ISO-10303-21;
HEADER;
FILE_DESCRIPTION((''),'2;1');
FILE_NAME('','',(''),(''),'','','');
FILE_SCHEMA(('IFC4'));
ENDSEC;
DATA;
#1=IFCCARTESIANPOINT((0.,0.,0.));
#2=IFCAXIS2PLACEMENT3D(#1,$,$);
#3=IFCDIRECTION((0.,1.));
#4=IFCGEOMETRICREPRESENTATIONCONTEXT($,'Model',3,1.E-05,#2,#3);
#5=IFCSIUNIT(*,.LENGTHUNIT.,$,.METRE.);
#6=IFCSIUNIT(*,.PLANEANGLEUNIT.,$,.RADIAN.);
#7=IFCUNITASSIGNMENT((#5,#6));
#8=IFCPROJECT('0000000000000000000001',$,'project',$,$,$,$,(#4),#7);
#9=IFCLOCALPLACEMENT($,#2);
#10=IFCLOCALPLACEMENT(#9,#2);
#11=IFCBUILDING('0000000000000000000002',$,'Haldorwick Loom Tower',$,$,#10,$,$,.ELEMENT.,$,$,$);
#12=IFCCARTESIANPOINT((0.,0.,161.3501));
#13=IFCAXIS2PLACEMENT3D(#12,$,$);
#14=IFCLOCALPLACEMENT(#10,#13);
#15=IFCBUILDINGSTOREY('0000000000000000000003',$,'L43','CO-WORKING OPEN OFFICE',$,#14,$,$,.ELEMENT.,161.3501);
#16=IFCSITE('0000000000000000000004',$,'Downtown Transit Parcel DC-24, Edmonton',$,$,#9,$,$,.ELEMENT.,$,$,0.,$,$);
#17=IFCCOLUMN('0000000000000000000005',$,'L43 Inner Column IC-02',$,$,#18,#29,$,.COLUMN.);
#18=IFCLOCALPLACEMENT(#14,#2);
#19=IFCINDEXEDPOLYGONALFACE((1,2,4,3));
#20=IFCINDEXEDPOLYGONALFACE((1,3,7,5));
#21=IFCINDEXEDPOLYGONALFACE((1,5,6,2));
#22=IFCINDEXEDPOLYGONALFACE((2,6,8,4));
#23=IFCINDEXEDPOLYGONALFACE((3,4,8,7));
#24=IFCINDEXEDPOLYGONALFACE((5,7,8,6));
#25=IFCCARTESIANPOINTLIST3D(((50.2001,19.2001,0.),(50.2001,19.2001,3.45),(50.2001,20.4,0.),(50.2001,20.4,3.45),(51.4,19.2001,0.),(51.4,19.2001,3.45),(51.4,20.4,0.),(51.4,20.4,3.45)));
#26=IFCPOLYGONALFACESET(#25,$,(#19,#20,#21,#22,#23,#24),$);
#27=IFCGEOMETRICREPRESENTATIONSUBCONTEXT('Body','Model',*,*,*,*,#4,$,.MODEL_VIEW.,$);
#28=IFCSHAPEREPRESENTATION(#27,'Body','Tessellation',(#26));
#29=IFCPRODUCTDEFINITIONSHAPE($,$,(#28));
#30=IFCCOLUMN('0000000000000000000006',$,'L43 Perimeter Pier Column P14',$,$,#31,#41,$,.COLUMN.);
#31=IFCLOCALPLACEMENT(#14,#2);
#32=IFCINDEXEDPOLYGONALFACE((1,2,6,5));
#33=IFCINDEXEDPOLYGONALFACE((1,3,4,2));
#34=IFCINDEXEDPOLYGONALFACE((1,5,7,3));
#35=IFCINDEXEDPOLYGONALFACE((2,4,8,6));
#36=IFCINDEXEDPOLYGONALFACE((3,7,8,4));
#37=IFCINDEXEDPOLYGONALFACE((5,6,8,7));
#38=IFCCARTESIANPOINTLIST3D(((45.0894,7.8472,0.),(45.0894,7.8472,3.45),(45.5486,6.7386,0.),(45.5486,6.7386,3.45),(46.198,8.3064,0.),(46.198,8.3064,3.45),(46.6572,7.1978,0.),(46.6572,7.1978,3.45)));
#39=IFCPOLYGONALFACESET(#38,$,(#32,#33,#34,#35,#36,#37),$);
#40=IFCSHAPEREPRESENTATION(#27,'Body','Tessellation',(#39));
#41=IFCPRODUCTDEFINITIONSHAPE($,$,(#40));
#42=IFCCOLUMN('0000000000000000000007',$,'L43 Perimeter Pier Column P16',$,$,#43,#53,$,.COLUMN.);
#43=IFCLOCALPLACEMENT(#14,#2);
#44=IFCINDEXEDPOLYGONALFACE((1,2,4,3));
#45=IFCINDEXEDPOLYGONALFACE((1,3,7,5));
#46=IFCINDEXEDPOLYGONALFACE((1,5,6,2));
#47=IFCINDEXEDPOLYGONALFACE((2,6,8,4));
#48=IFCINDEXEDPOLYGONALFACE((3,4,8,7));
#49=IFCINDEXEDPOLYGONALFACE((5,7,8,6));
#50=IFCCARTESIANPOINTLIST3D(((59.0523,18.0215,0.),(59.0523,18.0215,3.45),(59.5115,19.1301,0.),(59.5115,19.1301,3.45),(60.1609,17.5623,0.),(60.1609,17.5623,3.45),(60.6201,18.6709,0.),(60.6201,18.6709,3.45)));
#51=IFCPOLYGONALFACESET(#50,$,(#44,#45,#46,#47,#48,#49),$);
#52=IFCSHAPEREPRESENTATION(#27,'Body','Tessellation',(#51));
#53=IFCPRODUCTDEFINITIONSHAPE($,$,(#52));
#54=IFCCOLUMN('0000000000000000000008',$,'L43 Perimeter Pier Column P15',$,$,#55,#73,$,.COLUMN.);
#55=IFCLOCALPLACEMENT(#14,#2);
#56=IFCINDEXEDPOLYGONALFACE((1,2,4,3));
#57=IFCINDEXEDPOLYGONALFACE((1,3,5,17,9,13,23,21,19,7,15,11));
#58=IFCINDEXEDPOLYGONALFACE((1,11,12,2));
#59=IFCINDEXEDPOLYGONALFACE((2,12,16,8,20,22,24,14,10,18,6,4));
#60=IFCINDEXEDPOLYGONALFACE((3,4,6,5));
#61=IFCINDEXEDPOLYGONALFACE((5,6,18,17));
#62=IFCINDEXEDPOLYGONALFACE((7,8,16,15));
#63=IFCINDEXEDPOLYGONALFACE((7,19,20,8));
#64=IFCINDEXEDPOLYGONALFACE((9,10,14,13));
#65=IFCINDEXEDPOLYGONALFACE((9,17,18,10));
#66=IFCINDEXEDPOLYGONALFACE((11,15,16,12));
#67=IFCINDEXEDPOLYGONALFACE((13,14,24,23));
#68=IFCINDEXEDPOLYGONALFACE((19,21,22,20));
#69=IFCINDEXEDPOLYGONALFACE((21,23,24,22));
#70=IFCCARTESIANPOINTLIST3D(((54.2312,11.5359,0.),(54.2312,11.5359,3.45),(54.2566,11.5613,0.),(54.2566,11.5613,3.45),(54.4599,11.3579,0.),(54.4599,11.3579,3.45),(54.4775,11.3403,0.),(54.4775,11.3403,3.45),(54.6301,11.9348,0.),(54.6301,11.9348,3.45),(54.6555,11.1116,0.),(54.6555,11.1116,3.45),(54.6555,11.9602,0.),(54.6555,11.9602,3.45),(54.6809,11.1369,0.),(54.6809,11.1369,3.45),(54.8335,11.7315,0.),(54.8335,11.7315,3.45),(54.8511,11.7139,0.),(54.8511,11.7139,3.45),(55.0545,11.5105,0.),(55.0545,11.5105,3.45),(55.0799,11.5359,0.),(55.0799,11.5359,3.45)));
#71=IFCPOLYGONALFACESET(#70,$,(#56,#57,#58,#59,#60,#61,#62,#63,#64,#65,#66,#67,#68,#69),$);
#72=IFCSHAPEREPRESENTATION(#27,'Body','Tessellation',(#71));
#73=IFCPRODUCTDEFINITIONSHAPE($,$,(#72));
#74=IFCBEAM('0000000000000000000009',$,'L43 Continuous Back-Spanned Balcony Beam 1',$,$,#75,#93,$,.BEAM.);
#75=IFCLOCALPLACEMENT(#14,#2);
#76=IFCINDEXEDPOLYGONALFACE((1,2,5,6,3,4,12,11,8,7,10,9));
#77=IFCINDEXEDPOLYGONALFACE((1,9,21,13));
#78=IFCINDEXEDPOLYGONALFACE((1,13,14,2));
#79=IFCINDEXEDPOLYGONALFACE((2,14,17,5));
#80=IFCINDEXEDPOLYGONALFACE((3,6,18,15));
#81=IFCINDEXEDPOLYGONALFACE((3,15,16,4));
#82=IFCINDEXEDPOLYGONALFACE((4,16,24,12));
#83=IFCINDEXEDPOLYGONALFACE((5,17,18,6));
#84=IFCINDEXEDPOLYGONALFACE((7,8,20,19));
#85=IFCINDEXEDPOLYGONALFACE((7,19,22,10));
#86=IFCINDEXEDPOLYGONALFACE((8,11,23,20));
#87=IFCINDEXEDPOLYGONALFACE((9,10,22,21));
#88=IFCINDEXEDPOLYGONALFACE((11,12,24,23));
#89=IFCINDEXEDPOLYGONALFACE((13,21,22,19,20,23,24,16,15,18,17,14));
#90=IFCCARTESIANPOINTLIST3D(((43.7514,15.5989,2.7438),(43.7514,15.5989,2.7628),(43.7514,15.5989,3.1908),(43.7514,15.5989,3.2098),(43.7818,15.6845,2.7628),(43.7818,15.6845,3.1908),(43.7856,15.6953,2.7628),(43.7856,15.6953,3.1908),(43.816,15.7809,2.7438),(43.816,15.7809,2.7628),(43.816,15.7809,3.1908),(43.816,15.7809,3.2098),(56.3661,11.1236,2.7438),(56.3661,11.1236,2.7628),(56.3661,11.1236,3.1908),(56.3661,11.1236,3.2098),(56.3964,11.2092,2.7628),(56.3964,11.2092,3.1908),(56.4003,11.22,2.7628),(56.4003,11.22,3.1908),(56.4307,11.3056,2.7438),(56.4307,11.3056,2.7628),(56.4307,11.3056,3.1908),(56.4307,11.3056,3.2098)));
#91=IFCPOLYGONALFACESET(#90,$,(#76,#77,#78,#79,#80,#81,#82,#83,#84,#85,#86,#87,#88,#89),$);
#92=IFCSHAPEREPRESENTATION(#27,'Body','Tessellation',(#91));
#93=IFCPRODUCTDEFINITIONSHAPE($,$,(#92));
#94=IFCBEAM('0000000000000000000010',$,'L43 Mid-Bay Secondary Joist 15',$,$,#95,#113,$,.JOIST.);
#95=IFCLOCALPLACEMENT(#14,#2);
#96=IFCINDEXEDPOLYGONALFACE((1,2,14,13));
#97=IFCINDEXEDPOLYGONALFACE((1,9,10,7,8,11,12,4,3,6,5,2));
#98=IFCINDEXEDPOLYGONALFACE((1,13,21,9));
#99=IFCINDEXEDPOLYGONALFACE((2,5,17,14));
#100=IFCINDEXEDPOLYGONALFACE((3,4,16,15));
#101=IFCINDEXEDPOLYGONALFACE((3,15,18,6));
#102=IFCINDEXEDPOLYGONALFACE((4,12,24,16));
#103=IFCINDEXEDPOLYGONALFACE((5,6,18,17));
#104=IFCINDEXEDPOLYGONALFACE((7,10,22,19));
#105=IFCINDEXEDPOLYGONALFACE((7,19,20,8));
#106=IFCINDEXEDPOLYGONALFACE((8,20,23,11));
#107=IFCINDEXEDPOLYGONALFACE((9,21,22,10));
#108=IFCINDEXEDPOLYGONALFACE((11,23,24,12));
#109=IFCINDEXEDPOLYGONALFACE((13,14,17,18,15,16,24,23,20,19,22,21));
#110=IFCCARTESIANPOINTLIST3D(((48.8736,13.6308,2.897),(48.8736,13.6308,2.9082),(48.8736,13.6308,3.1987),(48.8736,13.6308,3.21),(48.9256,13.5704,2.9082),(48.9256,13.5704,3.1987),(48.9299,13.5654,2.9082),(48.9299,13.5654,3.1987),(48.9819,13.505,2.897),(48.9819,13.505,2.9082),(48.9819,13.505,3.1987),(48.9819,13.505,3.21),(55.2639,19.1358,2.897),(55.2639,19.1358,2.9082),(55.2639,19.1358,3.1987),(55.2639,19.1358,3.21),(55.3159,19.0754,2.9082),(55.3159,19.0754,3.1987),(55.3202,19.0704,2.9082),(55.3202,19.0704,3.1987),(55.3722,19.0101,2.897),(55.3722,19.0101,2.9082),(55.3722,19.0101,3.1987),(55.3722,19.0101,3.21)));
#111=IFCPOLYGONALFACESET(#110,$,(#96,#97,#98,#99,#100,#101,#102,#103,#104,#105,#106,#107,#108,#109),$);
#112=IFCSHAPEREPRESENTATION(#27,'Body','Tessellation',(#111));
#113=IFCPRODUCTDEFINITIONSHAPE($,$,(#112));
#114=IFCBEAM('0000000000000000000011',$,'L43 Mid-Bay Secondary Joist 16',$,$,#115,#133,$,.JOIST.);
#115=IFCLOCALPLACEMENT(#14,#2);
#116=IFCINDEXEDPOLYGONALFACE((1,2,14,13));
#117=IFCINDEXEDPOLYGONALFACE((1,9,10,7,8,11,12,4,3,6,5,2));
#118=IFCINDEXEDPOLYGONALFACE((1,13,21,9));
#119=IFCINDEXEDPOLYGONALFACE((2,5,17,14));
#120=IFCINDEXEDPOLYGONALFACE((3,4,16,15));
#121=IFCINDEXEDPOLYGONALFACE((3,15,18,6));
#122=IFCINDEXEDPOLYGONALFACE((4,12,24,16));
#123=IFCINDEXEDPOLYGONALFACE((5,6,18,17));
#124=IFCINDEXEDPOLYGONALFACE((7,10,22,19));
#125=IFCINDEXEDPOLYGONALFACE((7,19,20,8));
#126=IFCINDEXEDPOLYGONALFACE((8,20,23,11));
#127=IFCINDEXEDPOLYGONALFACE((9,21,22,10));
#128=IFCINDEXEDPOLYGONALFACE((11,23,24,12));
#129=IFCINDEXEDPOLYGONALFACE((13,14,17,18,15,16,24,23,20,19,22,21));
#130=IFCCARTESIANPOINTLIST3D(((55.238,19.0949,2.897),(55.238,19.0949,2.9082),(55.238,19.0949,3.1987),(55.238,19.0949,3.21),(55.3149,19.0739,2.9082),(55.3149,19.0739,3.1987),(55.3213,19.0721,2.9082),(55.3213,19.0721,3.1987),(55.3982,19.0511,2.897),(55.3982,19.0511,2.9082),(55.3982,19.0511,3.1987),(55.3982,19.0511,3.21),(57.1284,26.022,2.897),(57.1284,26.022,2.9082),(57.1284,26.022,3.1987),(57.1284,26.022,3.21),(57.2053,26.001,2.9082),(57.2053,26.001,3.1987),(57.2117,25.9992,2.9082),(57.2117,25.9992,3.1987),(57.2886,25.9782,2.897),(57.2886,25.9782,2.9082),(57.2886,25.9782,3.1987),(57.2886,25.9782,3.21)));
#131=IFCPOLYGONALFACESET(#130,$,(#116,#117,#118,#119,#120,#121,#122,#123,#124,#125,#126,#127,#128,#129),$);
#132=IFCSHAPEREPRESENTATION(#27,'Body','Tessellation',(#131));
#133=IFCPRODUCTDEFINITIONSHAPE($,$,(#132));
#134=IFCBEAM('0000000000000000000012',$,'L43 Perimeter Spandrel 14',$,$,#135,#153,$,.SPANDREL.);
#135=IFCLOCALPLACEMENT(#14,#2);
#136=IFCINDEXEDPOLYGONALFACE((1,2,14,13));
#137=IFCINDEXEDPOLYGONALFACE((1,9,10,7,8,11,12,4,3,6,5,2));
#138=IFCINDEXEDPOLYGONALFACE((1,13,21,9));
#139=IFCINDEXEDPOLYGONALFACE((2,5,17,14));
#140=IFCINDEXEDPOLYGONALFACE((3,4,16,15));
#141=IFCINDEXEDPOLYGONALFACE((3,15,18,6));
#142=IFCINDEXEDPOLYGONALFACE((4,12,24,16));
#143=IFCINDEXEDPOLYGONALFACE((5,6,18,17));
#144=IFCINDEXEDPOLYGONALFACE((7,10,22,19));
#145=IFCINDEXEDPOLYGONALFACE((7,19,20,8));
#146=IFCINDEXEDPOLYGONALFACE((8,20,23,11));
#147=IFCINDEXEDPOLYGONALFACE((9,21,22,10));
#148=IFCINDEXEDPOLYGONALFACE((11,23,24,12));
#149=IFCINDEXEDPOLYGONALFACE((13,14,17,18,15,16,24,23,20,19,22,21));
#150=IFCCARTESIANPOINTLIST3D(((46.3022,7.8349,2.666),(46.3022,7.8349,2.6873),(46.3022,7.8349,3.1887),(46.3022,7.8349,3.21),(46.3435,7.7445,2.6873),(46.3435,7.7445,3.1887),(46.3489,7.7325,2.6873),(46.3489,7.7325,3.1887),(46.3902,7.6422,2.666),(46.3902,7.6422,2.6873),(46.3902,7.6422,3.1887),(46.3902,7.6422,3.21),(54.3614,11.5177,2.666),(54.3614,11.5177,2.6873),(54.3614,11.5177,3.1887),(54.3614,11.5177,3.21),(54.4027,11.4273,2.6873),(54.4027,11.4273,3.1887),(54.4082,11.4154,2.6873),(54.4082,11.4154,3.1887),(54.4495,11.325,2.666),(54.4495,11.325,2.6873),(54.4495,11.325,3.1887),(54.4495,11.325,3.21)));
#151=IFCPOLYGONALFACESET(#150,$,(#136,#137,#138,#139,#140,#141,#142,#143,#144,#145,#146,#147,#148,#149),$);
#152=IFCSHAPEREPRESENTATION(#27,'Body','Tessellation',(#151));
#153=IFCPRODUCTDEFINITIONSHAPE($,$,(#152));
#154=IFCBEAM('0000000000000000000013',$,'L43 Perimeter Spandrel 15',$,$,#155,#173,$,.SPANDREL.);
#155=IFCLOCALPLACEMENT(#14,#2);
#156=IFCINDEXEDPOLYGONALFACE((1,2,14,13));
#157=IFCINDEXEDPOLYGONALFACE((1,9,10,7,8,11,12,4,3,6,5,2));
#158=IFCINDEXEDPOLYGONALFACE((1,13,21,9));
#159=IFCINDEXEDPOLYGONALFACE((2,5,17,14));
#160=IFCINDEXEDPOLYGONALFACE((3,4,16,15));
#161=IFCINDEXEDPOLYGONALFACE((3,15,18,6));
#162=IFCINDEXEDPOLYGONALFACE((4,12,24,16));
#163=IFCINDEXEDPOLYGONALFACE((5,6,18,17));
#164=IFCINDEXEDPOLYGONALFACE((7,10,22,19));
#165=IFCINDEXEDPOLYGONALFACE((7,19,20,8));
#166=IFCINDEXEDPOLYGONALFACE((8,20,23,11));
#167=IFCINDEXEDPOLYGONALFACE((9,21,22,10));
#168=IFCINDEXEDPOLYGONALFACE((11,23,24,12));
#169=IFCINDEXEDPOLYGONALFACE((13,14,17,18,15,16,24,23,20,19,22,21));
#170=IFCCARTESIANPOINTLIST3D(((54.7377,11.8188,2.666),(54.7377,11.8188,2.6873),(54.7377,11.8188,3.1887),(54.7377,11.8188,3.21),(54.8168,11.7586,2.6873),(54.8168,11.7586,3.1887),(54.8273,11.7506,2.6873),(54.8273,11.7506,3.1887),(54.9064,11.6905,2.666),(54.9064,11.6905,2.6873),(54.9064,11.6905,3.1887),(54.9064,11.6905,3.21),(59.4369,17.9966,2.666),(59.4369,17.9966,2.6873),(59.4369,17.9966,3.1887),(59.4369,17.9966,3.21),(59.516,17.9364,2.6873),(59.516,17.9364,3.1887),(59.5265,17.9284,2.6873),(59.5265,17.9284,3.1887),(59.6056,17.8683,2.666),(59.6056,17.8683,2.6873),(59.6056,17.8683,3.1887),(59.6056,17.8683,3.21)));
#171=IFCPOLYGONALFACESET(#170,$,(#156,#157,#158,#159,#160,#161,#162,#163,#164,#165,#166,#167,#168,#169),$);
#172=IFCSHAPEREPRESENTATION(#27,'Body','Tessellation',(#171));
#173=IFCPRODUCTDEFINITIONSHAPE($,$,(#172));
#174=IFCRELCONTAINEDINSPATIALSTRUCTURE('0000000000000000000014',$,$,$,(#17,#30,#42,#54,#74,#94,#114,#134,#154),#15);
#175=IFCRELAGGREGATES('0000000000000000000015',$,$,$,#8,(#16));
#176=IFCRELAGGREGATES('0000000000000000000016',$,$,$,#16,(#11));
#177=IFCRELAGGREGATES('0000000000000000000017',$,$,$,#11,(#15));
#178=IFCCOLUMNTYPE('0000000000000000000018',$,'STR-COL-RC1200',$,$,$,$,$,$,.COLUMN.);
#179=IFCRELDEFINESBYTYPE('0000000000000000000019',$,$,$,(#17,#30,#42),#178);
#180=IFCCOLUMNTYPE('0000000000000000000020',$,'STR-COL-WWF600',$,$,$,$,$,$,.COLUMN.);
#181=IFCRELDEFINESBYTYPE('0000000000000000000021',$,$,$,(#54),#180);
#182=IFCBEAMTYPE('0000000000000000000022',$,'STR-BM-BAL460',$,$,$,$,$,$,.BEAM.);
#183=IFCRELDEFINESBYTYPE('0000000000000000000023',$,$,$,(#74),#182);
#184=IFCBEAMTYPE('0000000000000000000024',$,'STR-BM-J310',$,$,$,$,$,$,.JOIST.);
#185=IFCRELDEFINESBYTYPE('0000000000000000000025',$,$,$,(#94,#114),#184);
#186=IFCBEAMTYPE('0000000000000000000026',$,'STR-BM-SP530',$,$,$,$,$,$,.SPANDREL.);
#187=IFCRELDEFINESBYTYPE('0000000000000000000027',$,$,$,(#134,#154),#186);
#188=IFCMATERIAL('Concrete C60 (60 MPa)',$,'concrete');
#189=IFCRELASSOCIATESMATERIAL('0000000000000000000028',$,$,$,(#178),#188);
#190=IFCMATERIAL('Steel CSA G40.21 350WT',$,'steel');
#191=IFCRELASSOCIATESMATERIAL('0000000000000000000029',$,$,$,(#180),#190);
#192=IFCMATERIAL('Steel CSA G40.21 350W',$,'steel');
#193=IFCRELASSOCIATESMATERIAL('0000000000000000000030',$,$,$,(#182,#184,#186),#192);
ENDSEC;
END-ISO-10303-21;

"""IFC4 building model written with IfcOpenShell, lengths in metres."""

from ifc_helpers import new_model, si_unit, direction, frame, origin, origin_2d, place, context, subcontext, project, spatial, rectangle, i_section, extrude, material, material_profile, profile_set, type_object, element, save


model = new_model("IFC4")

# Units and contexts
model_context = context("Model", 3, precision=1e-05, world=origin(), true_north=direction((0.0, 1.0)))
body_context = subcontext(model_context, "Body", "Model", "MODEL_VIEW")
ifc_project = project(units=[si_unit("LENGTHUNIT", "METRE"), si_unit("PLANEANGLEUNIT", "RADIAN")], contexts=[model_context])

# Site, building, storey
site_placement = place(None, origin())
site = spatial("IfcSite", under=ifc_project, at=site_placement, Name="Downtown Transit Parcel DC-24, Edmonton", CompositionType="ELEMENT", RefElevation=0.0)
building_placement = place(site_placement, origin())
building = spatial("IfcBuilding", under=site, at=building_placement, Name="Haldorwick Loom Tower", CompositionType="ELEMENT")
storey_placement = place(building_placement, frame((0.0, 0.0, 161.3501)))
storey = spatial("IfcBuildingStorey", under=building, at=storey_placement, Name="L43", Description="CO-WORKING OPEN OFFICE", CompositionType="ELEMENT", Elevation=161.3501)

# Columns
ifc_material_1 = material(Name="Concrete C60 (60 MPa)", Category="concrete")
ifc_material_profile_1 = material_profile(ifc_material_1, rectangle(XDim=1.2, YDim=1.2, at=origin_2d()), Name="RC1200X1200", Category="concrete")
ifc_profile_set_1 = profile_set([ifc_material_profile_1], Name="Concrete C60 (60 MPa)")
column_type_1 = type_object("IfcColumnType", Name="STR-COL-RC1200", PredefinedType="COLUMN", material=ifc_profile_set_1)
for number, where, z_axis, x_axis, name in (
    (1, (50.8, 19.8, 0.0), (0.0, 0.0, 1.0), (1.0, 0.0, 0.0), "L43 Inner Column IC-02"),
    (2, (45.8733, 7.5225, 0.0), (0.0, 0.0, 1.0), (0.382683, -0.92388, 0.0), "L43 Perimeter Pier Column P14"),
    (3, (59.8362, 18.3462, 0.0), (0.0, 0.0, 1.0), (0.92388, -0.382683, 0.0), "L43 Perimeter Pier Column P16"),
):
    element("IfcColumn", number, at=place(storey_placement, frame(where, z_axis=z_axis, x_axis=x_axis)), inside=storey, type_object=column_type_1, Name=name, PredefinedType="COLUMN", context=body_context, shape_type="SweptSolid", body=[
        extrude(rectangle(XDim=1.2, YDim=1.2, at=origin_2d()), origin(), (0.0, 0.0, 1.0), 3.45),
    ])
ifc_material_2 = material(Name="Steel CSA G40.21 350WT", Category="steel")
ifc_material_profile_2 = material_profile(ifc_material_2, i_section(OverallWidth=0.6001, OverallDepth=0.6001, WebThickness=0.0249, FlangeThickness=0.0359, at=origin_2d()), Name="WWF600X600", Category="steel")
ifc_profile_set_2 = profile_set([ifc_material_profile_2], Name="Steel CSA G40.21 350WT")
column_type_2 = type_object("IfcColumnType", Name="STR-COL-WWF600", PredefinedType="COLUMN", material=ifc_profile_set_2)
column_placement = place(storey_placement, frame((54.6555, 11.5359, 0.0), z_axis=(0.0, 0.0, 1.0), x_axis=(0.707107, -0.707107, 0.0)))
element("IfcColumn", 4, at=column_placement, inside=storey, type_object=column_type_2, Name="L43 Perimeter Pier Column P15", PredefinedType="COLUMN", context=body_context, shape_type="SweptSolid", body=[
    extrude(i_section(OverallWidth=0.6001, OverallDepth=0.6001, WebThickness=0.0249, FlangeThickness=0.0359, at=origin_2d()), origin(), (0.0, 0.0, 1.0), 3.45),
])

# Beams
ifc_material_3 = material(Name="Steel CSA G40.21 350W", Category="steel")
ifc_material_profile_3 = material_profile(ifc_material_3, i_section(OverallWidth=0.1931, OverallDepth=0.4661, WebThickness=0.0115, FlangeThickness=0.019, at=origin_2d()), Name="W460X97", Category="steel")
ifc_profile_set_3 = profile_set([ifc_material_profile_3], Name="Steel CSA G40.21 350W")
beam_type_1 = type_object("IfcBeamType", Name="STR-BM-BAL460", PredefinedType="BEAM", material=ifc_profile_set_3)
beam_1_placement = place(storey_placement, frame((43.7837, 15.6899, 2.9768), z_axis=(0.942448, -0.334353, 0.0), x_axis=(0.334353, 0.942448, 0.0)))
element("IfcBeam", 5, at=beam_1_placement, inside=storey, type_object=beam_type_1, Name="L43 Continuous Back-Spanned Balcony Beam 1", PredefinedType="BEAM", context=body_context, shape_type="SweptSolid", body=[
    extrude(i_section(OverallWidth=0.1931, OverallDepth=0.4661, WebThickness=0.0115, FlangeThickness=0.019, at=origin_2d()), origin(), (0.0, 0.0, 1.0), 13.385),
])
ifc_material_profile_4 = material_profile(ifc_material_3, i_section(OverallWidth=0.166, OverallDepth=0.313, WebThickness=0.0066, FlangeThickness=0.0112, at=origin_2d()), Name="W310X45", Category="steel")
ifc_profile_set_4 = profile_set([ifc_material_profile_4], Name="Steel CSA G40.21 350W")
beam_type_2 = type_object("IfcBeamType", Name="STR-BM-J310", PredefinedType="JOIST", material=ifc_profile_set_4)
beam_2_placement = place(storey_placement, frame((48.9277, 13.5679, 3.0535), z_axis=(0.757634, 0.65268, 0.0), x_axis=(-0.65268, 0.757634, 0.0)))
element("IfcBeam", 6, at=beam_2_placement, inside=storey, type_object=beam_type_2, Name="L43 Mid-Bay Secondary Joist 15", PredefinedType="JOIST", context=body_context, shape_type="SweptSolid", body=[
    extrude(i_section(OverallWidth=0.166, OverallDepth=0.313, WebThickness=0.0066, FlangeThickness=0.0112, at=origin_2d()), origin(), (0.0, 0.0, 1.0), 8.4346),
])
beam_3_placement = place(storey_placement, frame((55.3181, 19.073, 3.0535), z_axis=(0.263273, 0.964721, 0.0), x_axis=(-0.964721, 0.263273, 0.0)))
element("IfcBeam", 7, at=beam_3_placement, inside=storey, type_object=beam_type_2, Name="L43 Mid-Bay Secondary Joist 16", PredefinedType="JOIST", context=body_context, shape_type="SweptSolid", body=[
    extrude(i_section(OverallWidth=0.166, OverallDepth=0.313, WebThickness=0.0066, FlangeThickness=0.0112, at=origin_2d()), origin(), (0.0, 0.0, 1.0), 7.1804),
])
ifc_material_profile_5 = material_profile(ifc_material_3, i_section(OverallWidth=0.2119, OverallDepth=0.5439, WebThickness=0.0132, FlangeThickness=0.0212, at=origin_2d()), Name="W530X123", Category="steel")
ifc_profile_set_5 = profile_set([ifc_material_profile_5], Name="Steel CSA G40.21 350W")
beam_type_3 = type_object("IfcBeamType", Name="STR-BM-SP530", PredefinedType="SPANDREL", material=ifc_profile_set_5)
beam_4_placement = place(storey_placement, frame((46.3462, 7.7385, 2.938), z_axis=(0.909534, 0.415629, 0.0), x_axis=(-0.415629, 0.909534, 0.0)))
element("IfcBeam", 8, at=beam_4_placement, inside=storey, type_object=beam_type_3, Name="L43 Perimeter Spandrel 14", PredefinedType="SPANDREL", context=body_context, shape_type="SweptSolid", body=[
    extrude(i_section(OverallWidth=0.2119, OverallDepth=0.5439, WebThickness=0.0132, FlangeThickness=0.0212, at=origin_2d()), origin(), (0.0, 0.0, 1.0), 8.8608),
])
beam_5_placement = place(storey_placement, frame((54.822, 11.7546, 2.938), z_axis=(0.605421, 0.795905, 0.0), x_axis=(-0.795905, 0.605421, 0.0)))
element("IfcBeam", 9, at=beam_5_placement, inside=storey, type_object=beam_type_3, Name="L43 Perimeter Spandrel 15", PredefinedType="SPANDREL", context=body_context, shape_type="SweptSolid", body=[
    extrude(i_section(OverallWidth=0.2119, OverallDepth=0.5439, WebThickness=0.0132, FlangeThickness=0.0212, at=origin_2d()), origin(), (0.0, 0.0, 1.0), 7.762),
])

save(model, "model.ifc")
